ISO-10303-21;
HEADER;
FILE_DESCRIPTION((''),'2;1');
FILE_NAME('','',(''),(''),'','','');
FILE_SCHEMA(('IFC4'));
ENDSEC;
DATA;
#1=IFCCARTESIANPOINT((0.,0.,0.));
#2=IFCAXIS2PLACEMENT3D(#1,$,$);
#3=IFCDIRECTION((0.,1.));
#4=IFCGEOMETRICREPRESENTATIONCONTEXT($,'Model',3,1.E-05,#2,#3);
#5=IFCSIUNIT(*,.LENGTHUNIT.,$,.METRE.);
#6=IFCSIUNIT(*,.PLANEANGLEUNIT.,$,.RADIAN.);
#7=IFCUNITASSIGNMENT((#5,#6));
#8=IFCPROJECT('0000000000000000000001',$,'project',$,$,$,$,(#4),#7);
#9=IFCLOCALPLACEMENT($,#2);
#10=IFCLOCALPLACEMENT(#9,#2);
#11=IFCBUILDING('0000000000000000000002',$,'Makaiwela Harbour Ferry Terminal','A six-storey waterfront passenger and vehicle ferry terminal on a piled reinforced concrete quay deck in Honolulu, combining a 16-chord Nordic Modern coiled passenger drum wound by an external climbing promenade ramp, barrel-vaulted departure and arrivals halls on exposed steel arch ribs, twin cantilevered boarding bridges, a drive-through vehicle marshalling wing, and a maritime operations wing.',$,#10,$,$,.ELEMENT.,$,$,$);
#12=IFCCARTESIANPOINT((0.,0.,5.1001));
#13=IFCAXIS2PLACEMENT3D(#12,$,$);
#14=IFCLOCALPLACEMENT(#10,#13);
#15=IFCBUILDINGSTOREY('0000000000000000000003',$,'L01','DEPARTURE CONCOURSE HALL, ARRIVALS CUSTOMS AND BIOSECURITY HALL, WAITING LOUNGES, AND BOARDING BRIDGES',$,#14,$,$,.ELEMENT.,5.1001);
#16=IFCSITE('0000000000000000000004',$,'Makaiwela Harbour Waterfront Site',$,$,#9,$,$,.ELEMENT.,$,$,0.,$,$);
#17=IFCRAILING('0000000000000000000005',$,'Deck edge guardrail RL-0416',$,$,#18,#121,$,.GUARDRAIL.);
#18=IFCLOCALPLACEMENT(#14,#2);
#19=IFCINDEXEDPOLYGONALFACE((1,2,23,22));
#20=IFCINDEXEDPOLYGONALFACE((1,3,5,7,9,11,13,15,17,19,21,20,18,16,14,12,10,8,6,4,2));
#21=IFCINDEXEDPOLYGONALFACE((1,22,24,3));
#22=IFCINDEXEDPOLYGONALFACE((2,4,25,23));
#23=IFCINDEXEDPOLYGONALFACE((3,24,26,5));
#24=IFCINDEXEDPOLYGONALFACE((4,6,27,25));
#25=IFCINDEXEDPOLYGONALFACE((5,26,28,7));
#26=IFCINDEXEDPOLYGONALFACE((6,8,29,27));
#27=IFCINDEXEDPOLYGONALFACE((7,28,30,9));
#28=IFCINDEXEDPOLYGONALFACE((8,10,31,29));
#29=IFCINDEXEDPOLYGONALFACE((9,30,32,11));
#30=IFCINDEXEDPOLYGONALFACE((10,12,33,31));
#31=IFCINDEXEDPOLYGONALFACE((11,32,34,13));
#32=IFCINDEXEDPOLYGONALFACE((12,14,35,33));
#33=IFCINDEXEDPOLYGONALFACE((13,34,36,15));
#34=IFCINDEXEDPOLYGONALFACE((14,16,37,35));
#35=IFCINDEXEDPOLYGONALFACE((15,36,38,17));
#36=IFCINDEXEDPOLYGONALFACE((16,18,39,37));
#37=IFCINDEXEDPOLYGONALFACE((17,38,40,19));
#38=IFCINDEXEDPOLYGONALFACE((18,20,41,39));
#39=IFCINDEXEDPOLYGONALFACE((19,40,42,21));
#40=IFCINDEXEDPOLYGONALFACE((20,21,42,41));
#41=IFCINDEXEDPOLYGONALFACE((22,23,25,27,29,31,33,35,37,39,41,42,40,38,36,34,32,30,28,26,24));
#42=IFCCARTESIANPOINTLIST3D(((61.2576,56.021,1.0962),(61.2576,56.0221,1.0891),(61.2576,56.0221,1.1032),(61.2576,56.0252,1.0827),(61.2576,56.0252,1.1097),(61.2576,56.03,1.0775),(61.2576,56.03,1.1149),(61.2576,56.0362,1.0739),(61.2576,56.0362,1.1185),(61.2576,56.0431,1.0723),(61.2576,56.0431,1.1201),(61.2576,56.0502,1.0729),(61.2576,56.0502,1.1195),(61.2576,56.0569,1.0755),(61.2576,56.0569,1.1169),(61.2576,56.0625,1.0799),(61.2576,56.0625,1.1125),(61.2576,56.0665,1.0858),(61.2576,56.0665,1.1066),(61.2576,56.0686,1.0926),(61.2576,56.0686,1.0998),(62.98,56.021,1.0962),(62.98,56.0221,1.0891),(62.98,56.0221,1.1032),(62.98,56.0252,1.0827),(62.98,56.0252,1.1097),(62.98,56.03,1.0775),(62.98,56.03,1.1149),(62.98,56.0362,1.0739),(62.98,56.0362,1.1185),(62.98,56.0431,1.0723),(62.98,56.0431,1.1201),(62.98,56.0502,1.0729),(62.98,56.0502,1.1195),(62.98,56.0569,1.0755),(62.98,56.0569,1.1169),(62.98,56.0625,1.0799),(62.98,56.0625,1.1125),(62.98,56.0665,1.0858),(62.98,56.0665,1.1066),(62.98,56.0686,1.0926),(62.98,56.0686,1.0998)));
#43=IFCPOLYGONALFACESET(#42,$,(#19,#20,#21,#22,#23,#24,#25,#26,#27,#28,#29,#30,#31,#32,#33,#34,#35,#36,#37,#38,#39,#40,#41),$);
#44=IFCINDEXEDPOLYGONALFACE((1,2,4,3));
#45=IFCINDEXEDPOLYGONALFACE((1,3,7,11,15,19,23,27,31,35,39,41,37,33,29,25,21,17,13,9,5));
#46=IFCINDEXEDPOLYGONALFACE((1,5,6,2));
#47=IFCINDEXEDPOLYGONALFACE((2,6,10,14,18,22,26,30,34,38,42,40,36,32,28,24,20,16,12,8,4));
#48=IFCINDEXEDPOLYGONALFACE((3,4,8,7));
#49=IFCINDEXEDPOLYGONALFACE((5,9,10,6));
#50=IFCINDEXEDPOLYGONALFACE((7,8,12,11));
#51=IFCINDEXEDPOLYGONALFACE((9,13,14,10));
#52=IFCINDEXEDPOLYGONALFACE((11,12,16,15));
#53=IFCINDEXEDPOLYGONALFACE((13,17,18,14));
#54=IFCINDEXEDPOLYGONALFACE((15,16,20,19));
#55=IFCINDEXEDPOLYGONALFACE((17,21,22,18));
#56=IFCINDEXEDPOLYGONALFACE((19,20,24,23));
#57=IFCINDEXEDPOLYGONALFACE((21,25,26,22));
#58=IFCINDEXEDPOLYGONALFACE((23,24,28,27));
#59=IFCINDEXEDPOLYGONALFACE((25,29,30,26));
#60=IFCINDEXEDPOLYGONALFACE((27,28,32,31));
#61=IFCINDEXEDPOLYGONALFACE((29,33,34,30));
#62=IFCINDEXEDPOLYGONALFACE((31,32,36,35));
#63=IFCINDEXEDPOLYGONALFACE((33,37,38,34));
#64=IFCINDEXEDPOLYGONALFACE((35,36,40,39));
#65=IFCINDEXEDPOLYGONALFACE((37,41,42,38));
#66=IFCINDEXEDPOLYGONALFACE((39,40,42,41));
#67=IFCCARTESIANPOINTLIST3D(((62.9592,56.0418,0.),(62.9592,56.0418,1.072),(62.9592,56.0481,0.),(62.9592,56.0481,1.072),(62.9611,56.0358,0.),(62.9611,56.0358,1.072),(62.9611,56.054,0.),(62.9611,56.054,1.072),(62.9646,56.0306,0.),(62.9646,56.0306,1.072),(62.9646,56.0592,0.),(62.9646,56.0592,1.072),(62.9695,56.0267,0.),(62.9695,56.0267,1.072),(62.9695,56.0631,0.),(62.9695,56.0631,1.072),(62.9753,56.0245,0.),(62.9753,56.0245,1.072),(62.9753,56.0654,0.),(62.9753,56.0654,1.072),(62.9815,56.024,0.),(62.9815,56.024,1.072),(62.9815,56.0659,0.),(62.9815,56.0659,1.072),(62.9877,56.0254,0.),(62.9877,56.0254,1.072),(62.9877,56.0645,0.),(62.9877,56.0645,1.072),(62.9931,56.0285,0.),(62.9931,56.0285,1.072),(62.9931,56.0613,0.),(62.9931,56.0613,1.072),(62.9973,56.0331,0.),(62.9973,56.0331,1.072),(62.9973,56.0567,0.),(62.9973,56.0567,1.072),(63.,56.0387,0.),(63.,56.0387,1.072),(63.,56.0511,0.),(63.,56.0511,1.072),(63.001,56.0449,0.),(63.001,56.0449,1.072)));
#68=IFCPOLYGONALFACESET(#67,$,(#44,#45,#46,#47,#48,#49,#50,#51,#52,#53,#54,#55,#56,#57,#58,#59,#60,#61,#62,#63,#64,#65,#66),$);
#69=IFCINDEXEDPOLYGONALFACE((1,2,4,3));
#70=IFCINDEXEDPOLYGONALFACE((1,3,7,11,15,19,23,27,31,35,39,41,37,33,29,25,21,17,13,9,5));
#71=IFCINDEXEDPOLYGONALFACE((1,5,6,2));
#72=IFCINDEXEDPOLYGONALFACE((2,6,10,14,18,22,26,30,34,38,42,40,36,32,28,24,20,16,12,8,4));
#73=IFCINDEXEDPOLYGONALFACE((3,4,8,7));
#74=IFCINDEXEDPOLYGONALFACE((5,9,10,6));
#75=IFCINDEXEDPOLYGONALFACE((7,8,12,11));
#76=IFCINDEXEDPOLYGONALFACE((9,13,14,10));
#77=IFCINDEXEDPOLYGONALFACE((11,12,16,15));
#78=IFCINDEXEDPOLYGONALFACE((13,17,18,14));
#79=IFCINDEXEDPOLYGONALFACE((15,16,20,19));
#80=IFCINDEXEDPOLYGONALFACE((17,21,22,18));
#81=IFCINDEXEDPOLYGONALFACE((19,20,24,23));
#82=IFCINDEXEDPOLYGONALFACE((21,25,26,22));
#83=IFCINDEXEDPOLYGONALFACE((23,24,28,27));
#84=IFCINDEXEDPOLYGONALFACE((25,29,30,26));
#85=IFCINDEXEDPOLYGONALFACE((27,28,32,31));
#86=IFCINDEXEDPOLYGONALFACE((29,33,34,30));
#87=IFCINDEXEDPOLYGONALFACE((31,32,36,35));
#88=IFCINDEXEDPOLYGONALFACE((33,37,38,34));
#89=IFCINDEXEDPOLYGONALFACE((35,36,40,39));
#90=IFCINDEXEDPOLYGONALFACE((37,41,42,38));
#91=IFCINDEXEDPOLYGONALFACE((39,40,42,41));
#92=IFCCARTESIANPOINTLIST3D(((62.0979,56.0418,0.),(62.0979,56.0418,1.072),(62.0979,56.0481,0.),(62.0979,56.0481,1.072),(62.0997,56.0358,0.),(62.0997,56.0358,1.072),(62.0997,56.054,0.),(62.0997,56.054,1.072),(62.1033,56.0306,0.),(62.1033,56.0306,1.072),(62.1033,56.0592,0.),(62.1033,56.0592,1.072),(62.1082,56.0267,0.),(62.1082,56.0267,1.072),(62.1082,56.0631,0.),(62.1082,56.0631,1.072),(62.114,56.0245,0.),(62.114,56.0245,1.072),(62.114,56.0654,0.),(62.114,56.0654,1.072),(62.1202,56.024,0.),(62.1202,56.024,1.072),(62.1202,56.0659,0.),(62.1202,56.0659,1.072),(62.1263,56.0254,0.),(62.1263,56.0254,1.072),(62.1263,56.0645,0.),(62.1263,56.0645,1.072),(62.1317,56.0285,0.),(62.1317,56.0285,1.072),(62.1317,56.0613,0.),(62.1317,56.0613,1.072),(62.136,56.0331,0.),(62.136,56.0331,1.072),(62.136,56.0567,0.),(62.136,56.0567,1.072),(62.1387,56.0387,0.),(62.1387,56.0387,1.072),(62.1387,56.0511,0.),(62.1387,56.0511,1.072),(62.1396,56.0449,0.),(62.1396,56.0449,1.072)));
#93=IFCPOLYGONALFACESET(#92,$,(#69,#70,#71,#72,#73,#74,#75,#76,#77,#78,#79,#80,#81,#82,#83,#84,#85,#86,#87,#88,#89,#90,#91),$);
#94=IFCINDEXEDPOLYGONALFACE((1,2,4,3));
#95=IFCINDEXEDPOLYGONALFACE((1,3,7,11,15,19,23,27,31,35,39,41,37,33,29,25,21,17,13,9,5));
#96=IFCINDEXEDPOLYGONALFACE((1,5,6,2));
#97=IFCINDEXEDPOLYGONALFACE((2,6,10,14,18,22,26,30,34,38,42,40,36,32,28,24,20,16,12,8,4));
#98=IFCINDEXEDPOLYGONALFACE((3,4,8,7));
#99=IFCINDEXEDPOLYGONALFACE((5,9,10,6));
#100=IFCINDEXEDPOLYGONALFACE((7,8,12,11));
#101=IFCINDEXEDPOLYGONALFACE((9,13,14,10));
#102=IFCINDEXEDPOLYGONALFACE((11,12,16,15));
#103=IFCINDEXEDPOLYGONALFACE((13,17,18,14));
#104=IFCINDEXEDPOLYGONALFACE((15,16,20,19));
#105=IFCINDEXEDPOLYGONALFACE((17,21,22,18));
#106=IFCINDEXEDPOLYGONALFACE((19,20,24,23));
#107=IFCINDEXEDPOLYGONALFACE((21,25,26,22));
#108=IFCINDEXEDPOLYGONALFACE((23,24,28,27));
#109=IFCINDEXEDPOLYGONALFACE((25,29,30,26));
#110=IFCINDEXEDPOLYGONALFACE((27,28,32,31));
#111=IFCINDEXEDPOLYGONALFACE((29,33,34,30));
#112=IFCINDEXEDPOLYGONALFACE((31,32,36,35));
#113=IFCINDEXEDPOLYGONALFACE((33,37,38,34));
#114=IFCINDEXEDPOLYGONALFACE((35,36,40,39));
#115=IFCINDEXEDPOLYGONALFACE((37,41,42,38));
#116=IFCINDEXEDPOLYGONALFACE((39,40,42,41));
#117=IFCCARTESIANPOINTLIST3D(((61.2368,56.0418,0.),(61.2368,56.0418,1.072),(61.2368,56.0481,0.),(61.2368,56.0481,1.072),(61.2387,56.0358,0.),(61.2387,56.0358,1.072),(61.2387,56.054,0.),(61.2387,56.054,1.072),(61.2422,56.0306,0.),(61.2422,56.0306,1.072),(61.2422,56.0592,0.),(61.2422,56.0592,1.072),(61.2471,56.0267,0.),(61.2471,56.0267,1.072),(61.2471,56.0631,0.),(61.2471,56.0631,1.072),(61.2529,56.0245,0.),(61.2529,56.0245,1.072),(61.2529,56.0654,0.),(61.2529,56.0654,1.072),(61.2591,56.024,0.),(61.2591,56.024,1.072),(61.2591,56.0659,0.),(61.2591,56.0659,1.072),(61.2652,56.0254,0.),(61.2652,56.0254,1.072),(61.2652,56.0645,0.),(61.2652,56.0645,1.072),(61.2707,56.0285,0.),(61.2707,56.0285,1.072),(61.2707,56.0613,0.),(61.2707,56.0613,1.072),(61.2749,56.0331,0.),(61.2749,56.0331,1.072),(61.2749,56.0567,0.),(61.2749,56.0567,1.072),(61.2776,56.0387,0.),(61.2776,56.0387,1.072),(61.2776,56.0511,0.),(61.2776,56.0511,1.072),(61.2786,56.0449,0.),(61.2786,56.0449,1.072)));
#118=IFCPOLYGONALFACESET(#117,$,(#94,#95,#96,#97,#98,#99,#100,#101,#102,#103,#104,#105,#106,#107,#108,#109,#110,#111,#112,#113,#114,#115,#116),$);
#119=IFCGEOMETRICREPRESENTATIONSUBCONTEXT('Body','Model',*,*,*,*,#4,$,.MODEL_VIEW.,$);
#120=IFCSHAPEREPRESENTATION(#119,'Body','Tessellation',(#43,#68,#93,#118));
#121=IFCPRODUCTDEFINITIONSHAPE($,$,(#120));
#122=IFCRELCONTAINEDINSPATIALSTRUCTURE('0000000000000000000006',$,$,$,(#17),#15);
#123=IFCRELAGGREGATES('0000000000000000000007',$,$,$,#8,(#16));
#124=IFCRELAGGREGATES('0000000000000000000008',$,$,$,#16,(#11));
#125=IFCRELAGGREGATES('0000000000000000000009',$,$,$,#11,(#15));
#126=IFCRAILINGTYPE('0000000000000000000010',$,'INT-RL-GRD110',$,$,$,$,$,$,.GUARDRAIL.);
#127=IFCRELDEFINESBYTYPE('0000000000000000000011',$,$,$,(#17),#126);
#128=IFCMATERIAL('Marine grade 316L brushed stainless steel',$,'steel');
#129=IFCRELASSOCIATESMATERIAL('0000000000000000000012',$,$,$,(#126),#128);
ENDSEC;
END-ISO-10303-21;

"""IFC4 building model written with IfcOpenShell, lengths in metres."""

from ifc_helpers import new_model, si_unit, direction, frame, origin, origin_2d, place, context, subcontext, project, spatial, circle, extrude, material, type_object, element, save


model = new_model("IFC4")

# Units and contexts
model_context = context("Model", 3, precision=1e-05, world=origin(), true_north=direction((0.0, 1.0)))
body_context = subcontext(model_context, "Body", "Model", "MODEL_VIEW")
ifc_project = project(units=[si_unit("LENGTHUNIT", "METRE"), si_unit("PLANEANGLEUNIT", "RADIAN")], contexts=[model_context])

# Site, building, storey
site_placement = place(None, origin())
site = spatial("IfcSite", under=ifc_project, at=site_placement, Name="Makaiwela Harbour Waterfront Site", CompositionType="ELEMENT", RefElevation=0.0)
building_placement = place(site_placement, origin())
building = spatial("IfcBuilding", under=site, at=building_placement, Name="Makaiwela Harbour Ferry Terminal", Description="A six-storey waterfront passenger and vehicle ferry terminal on a piled reinforced concrete quay deck in Honolulu, combining a 16-chord Nordic Modern coiled passenger drum wound by an external climbing promenade ramp, barrel-vaulted departure and arrivals halls on exposed steel arch ribs, twin cantilevered boarding bridges, a drive-through vehicle marshalling wing, and a maritime operations wing.", CompositionType="ELEMENT")
storey_placement = place(building_placement, frame((0.0, 0.0, 5.1001)))
storey = spatial("IfcBuildingStorey", under=building, at=storey_placement, Name="L01", Description="DEPARTURE CONCOURSE HALL, ARRIVALS CUSTOMS AND BIOSECURITY HALL, WAITING LOUNGES, AND BOARDING BRIDGES", CompositionType="ELEMENT", Elevation=5.1001)

# Shared definitions
ifc_material_1 = material(Name="Marine grade 316L brushed stainless steel", Category="steel")

# Railing
railing_type_1 = type_object("IfcRailingType", Name="INT-RL-GRD110", PredefinedType="GUARDRAIL", material=ifc_material_1)
railing_1_placement = place(storey_placement, frame((62.98, 56.0449, 0.0)))
element("IfcRailing", 1, at=railing_1_placement, inside=storey, type_object=railing_type_1, Name="Deck edge guardrail RL-0416", PredefinedType="GUARDRAIL", context=body_context, shape_type="SweptSolid", body=[
    extrude(circle(Radius=0.0239, at=origin_2d()), frame((0.0, 0.0, 1.0962), z_axis=(-1.0, 0.0, 0.0), x_axis=(0.0, -1.0, 0.0)), (0.0, 0.0, 1.0), 1.7224),
    extrude(circle(Radius=0.021, at=origin_2d()), origin(), (0.0, 0.0, 1.0), 1.072),
    extrude(circle(Radius=0.021, at=origin_2d()), frame((-0.8613, 0.0, 0.0)), (0.0, 0.0, 1.0), 1.072),
    extrude(circle(Radius=0.021, at=origin_2d()), frame((-1.7224, 0.0, 0.0)), (0.0, 0.0, 1.0), 1.072),
])

save(model, "model.ifc")
